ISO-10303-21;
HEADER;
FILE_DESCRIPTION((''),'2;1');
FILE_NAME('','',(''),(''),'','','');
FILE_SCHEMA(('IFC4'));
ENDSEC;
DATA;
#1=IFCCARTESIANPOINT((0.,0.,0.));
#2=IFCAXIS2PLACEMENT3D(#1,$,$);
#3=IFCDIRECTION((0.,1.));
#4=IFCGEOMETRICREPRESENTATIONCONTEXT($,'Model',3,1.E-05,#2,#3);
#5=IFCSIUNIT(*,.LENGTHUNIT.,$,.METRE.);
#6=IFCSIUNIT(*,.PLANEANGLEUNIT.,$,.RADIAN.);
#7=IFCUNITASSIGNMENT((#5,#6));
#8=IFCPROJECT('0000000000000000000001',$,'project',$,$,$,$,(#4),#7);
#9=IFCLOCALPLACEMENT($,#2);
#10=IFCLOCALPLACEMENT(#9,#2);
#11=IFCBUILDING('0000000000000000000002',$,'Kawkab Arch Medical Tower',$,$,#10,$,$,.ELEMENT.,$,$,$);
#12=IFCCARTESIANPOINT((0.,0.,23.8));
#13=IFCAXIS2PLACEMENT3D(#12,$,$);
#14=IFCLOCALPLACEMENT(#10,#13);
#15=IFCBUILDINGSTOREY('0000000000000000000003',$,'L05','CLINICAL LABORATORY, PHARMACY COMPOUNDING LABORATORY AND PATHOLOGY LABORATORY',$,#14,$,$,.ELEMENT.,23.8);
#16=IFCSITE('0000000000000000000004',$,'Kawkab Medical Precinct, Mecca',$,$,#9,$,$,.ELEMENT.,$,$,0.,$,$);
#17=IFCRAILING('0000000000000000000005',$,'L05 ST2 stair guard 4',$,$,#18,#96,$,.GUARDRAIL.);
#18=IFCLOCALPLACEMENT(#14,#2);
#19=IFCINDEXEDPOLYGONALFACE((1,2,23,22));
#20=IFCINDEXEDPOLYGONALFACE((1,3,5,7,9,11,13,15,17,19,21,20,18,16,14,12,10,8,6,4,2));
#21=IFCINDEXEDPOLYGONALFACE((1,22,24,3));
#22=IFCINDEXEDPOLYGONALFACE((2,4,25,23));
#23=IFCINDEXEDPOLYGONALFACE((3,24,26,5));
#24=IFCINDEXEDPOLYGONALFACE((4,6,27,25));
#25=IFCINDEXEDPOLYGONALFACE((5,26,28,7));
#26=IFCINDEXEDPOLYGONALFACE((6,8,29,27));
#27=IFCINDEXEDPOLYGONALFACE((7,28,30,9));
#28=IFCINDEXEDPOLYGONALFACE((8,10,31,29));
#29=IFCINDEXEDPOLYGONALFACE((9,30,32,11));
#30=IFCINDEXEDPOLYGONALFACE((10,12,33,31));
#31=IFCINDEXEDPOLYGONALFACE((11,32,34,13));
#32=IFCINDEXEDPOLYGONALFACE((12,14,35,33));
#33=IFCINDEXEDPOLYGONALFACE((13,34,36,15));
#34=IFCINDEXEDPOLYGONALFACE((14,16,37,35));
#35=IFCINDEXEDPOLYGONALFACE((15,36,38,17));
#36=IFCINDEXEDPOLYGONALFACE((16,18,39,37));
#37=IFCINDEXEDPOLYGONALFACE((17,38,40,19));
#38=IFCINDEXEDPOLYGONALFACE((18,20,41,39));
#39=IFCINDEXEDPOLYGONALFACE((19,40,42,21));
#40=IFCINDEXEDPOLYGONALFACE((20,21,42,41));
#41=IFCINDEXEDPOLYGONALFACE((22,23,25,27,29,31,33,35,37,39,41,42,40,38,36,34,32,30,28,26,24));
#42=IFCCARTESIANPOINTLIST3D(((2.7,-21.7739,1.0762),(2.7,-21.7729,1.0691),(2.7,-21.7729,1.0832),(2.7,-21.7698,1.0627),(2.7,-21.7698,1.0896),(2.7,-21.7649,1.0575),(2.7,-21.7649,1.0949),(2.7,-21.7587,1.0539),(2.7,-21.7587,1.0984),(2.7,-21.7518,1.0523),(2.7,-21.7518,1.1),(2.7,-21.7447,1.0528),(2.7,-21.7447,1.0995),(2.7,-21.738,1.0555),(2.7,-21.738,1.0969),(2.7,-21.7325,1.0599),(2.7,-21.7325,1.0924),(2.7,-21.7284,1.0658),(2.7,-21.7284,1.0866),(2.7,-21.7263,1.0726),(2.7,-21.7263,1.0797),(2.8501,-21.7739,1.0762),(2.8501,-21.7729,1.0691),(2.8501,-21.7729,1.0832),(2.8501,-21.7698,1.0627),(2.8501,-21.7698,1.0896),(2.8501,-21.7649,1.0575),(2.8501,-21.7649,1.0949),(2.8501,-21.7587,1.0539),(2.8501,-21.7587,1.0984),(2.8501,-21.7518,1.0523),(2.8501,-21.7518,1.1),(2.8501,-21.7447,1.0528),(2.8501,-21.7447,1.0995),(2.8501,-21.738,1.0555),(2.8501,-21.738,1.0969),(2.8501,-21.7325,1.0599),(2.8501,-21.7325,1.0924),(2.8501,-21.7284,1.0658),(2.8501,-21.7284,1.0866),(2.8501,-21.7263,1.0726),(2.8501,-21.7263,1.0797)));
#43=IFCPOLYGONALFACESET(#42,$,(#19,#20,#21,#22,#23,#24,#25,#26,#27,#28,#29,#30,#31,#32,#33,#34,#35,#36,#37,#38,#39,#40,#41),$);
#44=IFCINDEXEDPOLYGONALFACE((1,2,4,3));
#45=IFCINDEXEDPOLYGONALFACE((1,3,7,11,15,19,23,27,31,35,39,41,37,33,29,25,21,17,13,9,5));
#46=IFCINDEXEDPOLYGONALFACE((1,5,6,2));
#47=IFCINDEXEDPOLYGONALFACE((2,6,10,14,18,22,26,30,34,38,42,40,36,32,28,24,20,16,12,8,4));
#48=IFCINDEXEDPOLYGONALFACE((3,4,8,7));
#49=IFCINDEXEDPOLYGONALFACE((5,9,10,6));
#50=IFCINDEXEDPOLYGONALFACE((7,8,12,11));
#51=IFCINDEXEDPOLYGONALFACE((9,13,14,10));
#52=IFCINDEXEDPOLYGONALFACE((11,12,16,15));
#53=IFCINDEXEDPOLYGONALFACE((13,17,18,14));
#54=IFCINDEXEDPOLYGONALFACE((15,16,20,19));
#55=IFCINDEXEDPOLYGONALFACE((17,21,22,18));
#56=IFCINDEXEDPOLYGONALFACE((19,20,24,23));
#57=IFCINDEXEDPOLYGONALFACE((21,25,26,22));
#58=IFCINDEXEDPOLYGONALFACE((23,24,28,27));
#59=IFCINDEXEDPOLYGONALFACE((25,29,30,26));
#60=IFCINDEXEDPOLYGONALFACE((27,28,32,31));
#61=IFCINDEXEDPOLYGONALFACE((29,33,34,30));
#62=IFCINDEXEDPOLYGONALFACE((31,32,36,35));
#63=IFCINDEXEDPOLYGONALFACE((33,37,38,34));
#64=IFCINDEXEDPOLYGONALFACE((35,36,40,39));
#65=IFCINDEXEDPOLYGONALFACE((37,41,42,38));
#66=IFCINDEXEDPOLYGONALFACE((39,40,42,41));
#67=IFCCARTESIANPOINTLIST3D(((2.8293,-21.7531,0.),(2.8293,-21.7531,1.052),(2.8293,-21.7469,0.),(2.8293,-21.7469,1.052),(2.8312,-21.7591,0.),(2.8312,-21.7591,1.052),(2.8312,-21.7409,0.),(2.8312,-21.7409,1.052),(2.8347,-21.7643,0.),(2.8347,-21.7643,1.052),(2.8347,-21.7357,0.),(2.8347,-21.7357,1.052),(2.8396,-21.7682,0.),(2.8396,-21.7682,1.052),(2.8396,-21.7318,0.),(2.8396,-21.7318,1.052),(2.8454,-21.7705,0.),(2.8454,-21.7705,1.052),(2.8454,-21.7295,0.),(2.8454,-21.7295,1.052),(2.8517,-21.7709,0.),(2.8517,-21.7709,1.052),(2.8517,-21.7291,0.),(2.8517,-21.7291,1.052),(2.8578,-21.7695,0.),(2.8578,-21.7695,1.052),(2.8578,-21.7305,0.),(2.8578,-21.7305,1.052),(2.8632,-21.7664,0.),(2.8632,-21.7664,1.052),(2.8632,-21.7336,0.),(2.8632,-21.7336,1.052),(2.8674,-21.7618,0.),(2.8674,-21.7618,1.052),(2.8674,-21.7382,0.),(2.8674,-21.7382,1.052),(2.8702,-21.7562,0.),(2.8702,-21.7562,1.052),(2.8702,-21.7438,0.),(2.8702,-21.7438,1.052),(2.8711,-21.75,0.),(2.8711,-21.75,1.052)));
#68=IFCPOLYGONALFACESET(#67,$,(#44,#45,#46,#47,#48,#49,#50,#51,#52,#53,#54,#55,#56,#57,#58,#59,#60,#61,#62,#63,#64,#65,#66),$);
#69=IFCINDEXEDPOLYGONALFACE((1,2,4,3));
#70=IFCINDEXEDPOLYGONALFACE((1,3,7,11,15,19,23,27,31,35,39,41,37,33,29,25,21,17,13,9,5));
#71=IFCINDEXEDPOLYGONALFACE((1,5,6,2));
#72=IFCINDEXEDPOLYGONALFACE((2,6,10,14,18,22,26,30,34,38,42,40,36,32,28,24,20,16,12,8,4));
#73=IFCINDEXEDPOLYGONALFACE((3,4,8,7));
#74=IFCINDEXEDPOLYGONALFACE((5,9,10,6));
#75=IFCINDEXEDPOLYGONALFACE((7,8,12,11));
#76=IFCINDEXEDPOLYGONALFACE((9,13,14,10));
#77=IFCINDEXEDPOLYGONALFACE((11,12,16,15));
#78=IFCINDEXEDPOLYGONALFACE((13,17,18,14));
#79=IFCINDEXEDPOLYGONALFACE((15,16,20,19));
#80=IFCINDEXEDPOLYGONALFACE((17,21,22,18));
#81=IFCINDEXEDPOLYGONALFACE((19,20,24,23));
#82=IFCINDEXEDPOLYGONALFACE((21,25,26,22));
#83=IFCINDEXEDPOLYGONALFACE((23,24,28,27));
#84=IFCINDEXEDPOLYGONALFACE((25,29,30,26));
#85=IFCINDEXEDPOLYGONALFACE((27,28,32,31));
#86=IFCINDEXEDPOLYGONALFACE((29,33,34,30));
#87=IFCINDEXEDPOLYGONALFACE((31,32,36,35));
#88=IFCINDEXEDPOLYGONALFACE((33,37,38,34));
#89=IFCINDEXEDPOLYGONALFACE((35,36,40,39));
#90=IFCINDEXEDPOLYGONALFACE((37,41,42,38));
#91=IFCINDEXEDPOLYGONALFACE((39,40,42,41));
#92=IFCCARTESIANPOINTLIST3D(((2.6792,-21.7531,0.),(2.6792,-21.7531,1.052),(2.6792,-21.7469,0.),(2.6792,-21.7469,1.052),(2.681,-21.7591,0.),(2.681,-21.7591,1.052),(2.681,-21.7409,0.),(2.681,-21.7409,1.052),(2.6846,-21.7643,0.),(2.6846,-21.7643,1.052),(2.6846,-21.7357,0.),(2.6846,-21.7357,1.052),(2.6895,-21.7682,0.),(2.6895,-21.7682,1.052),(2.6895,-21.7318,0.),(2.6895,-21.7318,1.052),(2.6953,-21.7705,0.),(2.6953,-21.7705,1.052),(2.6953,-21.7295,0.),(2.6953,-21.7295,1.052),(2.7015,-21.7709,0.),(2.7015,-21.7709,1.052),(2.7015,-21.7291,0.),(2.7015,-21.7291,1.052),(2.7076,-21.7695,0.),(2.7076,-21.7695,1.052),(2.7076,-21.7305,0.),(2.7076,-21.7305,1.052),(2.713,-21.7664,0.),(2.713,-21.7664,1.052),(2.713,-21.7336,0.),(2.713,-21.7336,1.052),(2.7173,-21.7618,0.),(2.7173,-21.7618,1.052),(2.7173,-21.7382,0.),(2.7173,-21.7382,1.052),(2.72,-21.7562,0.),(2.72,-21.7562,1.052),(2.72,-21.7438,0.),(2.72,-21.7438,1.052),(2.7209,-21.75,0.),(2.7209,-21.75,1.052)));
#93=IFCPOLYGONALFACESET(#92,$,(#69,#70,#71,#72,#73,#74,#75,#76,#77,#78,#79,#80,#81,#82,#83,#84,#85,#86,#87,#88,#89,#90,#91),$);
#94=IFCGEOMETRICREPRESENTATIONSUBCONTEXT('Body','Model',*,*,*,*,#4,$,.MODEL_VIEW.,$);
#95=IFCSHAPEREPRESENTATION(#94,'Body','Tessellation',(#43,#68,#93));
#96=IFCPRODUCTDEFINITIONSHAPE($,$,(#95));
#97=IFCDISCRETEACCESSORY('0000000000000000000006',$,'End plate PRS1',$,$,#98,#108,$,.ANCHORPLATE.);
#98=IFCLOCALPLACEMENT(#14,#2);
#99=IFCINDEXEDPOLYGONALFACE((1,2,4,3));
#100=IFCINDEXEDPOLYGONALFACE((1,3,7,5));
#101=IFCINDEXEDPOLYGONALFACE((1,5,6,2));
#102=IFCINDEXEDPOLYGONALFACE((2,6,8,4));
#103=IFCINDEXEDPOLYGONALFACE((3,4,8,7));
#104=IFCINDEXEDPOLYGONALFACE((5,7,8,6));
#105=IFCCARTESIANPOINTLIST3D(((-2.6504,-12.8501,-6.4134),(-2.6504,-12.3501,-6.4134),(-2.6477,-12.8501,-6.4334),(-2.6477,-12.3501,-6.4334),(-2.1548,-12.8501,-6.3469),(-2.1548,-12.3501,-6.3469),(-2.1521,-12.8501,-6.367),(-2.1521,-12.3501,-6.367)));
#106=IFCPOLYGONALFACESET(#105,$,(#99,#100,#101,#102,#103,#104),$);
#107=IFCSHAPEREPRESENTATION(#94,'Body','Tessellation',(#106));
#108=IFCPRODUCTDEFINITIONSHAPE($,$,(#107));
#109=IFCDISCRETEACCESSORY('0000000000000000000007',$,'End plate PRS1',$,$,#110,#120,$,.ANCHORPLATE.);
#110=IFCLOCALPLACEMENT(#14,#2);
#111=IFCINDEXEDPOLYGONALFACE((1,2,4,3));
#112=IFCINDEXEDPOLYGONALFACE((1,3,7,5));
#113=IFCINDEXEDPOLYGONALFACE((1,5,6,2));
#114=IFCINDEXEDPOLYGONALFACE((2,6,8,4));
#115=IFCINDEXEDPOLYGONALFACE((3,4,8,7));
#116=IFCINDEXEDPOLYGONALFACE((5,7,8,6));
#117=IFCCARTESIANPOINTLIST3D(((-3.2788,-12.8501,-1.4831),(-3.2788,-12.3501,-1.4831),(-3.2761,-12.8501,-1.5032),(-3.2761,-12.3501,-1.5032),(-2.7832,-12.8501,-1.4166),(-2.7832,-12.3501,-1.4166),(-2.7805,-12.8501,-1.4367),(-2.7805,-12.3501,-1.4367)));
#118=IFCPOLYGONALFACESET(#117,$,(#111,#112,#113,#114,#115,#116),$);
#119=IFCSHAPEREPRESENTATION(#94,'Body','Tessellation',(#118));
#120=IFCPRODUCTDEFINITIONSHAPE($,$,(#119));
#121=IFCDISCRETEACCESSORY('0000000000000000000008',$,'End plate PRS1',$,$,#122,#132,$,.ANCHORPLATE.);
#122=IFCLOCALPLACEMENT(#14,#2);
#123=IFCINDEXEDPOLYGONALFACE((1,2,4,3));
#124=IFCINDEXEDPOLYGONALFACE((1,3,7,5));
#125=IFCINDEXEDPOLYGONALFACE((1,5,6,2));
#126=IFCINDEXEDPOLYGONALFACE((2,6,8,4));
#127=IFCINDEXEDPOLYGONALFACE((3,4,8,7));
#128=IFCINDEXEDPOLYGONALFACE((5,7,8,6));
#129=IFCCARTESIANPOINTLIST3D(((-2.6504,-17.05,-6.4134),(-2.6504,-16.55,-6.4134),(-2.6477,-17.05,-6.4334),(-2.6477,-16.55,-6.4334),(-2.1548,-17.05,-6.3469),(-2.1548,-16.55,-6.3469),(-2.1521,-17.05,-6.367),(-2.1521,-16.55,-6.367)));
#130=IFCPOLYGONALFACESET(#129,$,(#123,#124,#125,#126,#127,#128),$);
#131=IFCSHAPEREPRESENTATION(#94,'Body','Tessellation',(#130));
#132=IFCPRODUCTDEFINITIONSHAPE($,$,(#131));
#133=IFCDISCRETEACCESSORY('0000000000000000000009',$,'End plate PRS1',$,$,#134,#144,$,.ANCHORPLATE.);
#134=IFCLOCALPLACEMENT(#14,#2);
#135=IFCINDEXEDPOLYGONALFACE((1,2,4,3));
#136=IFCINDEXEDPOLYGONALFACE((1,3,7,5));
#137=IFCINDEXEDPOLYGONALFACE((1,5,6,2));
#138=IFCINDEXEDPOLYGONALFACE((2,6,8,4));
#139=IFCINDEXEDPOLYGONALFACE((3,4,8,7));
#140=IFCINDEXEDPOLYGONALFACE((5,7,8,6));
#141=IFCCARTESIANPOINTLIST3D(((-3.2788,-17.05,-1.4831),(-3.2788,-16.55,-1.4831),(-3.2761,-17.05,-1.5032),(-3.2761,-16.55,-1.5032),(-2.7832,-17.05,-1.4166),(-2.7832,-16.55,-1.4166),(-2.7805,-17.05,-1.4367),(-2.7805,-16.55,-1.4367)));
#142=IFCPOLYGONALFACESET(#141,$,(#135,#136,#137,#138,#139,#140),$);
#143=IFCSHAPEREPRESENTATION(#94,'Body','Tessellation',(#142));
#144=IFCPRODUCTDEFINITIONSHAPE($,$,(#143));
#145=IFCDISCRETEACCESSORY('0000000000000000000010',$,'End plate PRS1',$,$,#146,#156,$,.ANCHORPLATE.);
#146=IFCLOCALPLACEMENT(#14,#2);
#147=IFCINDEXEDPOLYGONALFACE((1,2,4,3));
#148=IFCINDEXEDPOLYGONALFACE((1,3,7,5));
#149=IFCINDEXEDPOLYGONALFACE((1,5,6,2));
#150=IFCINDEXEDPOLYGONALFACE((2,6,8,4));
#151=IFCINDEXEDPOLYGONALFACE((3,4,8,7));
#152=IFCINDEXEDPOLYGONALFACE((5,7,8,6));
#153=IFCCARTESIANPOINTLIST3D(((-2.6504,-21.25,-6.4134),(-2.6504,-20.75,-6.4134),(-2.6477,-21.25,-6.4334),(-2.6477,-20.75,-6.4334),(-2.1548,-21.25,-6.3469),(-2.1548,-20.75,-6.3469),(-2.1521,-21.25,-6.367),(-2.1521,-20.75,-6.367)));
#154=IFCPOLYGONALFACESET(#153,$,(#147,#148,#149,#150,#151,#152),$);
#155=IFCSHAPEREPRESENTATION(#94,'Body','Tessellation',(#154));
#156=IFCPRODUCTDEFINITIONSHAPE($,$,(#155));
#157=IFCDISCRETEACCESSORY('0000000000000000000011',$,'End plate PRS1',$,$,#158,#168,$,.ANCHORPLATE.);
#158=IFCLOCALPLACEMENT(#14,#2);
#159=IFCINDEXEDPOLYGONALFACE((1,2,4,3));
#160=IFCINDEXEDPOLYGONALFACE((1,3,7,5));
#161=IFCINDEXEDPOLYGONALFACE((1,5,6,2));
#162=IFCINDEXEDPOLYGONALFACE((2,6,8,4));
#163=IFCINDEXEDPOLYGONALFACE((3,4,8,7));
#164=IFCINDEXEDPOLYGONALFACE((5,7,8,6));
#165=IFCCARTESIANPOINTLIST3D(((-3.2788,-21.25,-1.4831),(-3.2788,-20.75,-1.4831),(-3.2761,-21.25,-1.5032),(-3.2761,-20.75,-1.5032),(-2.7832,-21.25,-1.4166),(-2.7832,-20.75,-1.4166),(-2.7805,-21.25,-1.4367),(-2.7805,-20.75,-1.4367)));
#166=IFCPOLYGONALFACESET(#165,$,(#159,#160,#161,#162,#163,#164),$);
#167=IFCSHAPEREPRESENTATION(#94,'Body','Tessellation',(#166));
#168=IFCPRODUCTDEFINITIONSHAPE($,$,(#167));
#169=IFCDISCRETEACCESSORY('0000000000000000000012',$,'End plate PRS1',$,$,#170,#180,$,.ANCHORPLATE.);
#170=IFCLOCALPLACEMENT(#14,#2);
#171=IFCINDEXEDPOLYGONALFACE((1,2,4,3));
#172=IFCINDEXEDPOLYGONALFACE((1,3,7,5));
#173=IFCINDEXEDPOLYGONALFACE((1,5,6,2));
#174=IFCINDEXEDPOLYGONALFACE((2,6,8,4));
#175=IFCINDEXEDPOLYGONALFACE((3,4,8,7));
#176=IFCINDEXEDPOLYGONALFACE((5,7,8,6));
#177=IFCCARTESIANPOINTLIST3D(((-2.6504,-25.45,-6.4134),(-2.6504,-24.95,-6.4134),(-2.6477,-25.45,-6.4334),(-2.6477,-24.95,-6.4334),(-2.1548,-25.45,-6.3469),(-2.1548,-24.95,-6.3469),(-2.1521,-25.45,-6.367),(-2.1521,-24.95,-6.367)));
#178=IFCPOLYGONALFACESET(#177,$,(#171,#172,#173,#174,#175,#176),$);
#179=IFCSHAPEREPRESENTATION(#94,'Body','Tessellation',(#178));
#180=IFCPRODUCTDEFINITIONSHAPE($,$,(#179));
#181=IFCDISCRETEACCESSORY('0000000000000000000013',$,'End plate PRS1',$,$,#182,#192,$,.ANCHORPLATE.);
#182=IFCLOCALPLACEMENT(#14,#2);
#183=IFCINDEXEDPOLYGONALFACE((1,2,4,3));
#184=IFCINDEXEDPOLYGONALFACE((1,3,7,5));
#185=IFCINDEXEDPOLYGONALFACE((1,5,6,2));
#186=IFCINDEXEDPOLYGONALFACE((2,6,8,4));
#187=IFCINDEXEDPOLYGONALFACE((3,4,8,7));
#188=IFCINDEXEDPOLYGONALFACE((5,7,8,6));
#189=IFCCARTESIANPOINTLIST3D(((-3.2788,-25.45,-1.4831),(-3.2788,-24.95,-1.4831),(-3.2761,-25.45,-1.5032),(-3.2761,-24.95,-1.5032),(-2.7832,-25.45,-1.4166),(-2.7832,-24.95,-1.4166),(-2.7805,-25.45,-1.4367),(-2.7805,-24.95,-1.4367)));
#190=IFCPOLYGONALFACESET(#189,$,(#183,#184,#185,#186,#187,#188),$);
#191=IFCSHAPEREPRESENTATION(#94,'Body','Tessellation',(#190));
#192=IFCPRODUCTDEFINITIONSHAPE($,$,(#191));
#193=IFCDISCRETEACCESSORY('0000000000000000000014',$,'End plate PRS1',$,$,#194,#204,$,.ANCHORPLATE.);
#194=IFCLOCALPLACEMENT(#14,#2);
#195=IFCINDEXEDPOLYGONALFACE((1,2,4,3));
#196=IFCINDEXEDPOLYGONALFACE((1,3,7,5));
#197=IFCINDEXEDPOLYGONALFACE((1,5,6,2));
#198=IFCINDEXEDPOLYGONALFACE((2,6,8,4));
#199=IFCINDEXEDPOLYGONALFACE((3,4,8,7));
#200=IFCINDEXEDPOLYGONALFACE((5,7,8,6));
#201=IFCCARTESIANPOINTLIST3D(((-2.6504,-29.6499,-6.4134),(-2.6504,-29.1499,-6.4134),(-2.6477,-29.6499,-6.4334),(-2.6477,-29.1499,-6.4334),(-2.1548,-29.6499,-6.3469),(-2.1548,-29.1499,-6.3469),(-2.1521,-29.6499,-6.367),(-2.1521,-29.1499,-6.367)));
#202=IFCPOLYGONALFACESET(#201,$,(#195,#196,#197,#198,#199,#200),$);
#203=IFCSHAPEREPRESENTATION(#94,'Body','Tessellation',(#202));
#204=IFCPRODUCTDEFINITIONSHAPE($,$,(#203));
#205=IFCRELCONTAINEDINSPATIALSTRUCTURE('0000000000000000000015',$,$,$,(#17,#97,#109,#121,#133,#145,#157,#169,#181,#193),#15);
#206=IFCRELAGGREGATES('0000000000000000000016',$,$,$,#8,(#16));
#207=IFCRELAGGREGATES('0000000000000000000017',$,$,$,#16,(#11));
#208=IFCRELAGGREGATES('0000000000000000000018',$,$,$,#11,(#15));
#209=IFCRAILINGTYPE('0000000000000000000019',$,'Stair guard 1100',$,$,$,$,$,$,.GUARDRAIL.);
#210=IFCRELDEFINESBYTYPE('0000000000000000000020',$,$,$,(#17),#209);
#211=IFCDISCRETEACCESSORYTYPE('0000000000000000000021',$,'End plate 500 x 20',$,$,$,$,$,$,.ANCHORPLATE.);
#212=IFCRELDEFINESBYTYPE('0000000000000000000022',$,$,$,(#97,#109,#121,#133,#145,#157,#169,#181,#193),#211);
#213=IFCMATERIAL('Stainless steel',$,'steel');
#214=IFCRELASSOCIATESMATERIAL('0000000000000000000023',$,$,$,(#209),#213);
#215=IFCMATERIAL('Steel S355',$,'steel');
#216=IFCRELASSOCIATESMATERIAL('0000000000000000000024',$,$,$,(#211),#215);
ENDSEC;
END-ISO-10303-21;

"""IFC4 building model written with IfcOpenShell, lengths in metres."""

from ifc_helpers import new_model, si_unit, direction, frame, origin, origin_2d, place, context, subcontext, project, spatial, rectangle, circle, extrude, material, material_profile, profile_set, type_object, element, save


model = new_model("IFC4")

# Units and contexts
model_context = context("Model", 3, precision=1e-05, world=origin(), true_north=direction((0.0, 1.0)))
body_context = subcontext(model_context, "Body", "Model", "MODEL_VIEW")
ifc_project = project(units=[si_unit("LENGTHUNIT", "METRE"), si_unit("PLANEANGLEUNIT", "RADIAN")], contexts=[model_context])

# Site, building, storey
site_placement = place(None, origin())
site = spatial("IfcSite", under=ifc_project, at=site_placement, Name="Kawkab Medical Precinct, Mecca", CompositionType="ELEMENT", RefElevation=0.0)
building_placement = place(site_placement, origin())
building = spatial("IfcBuilding", under=site, at=building_placement, Name="Kawkab Arch Medical Tower", CompositionType="ELEMENT")
storey_placement = place(building_placement, frame((0.0, 0.0, 23.8)))
storey = spatial("IfcBuildingStorey", under=building, at=storey_placement, Name="L05", Description="CLINICAL LABORATORY, PHARMACY COMPOUNDING LABORATORY AND PATHOLOGY LABORATORY", CompositionType="ELEMENT", Elevation=23.8)

# Railing
ifc_material_1 = material(Name="Stainless steel", Category="steel")
railing_type = type_object("IfcRailingType", Name="Stair guard 1100", PredefinedType="GUARDRAIL", material=ifc_material_1)
railing_1_placement = place(storey_placement, frame((2.8501, -21.75, 0.0)))
element("IfcRailing", 1, at=railing_1_placement, inside=storey, type_object=railing_type, Name="L05 ST2 stair guard 4", PredefinedType="GUARDRAIL", context=body_context, shape_type="SweptSolid", body=[
    extrude(circle(Radius=0.0239, at=origin_2d()), frame((0.0, 0.0, 1.0762), z_axis=(-1.0, 0.0, 0.0), x_axis=(0.0, -1.0, 0.0)), (0.0, 0.0, 1.0), 0.1501),
    extrude(circle(Radius=0.021, at=origin_2d()), origin(), (0.0, 0.0, 1.0), 1.052),
    extrude(circle(Radius=0.021, at=origin_2d()), frame((-0.1501, 0.0, 0.0)), (0.0, 0.0, 1.0), 1.052),
])

# Discrete accessories
ifc_material_2 = material(Name="Steel S355", Category="steel")
ifc_material_profile_1 = material_profile(ifc_material_2, rectangle(XDim=0.5, YDim=0.5, at=origin_2d()), Name="End plate 500 x 20")
ifc_profile_set_1 = profile_set([ifc_material_profile_1], Name="Steel S355")
discrete_accessory_type = type_object("IfcDiscreteAccessoryType", Name="End plate 500 x 20", PredefinedType="ANCHORPLATE", material=ifc_profile_set_1)
for number, where, z_axis, x_axis, name in (
    (2, (-2.4026, -12.6001, -6.3801), (0.132955, 0.0, -0.991122), (0.0, 1.0, 0.0), "End plate PRS1"),
    (3, (-3.0283, -12.6001, -1.47), (-0.132955, 0.0, 0.991122), (0.0, -1.0, 0.0), "End plate PRS1"),
    (4, (-2.4026, -16.8, -6.3801), (0.132955, 0.0, -0.991122), (0.0, 1.0, 0.0), "End plate PRS1"),
    (5, (-3.0283, -16.8, -1.47), (-0.132955, 0.0, 0.991122), (0.0, -1.0, 0.0), "End plate PRS1"),
    (6, (-2.4026, -21.0, -6.3801), (0.132955, 0.0, -0.991122), (0.0, 1.0, 0.0), "End plate PRS1"),
    (7, (-3.0283, -21.0, -1.47), (-0.132955, 0.0, 0.991122), (0.0, -1.0, 0.0), "End plate PRS1"),
    (8, (-2.4026, -25.2, -6.3801), (0.132955, 0.0, -0.991122), (0.0, 1.0, 0.0), "End plate PRS1"),
    (9, (-3.0283, -25.2, -1.47), (-0.132955, 0.0, 0.991122), (0.0, -1.0, 0.0), "End plate PRS1"),
    (10, (-2.4026, -29.3999, -6.3801), (0.132955, 0.0, -0.991122), (0.0, 1.0, 0.0), "End plate PRS1"),
):
    element("IfcDiscreteAccessory", number, at=place(storey_placement, frame(where, z_axis=z_axis, x_axis=x_axis)), inside=storey, type_object=discrete_accessory_type, Name=name, PredefinedType="ANCHORPLATE", context=body_context, shape_type="SweptSolid", body=[
        extrude(rectangle(XDim=0.5, YDim=0.5, at=origin_2d()), origin(), (0.0, 0.0, 1.0), 0.0203),
    ])

save(model, "model.ifc")
